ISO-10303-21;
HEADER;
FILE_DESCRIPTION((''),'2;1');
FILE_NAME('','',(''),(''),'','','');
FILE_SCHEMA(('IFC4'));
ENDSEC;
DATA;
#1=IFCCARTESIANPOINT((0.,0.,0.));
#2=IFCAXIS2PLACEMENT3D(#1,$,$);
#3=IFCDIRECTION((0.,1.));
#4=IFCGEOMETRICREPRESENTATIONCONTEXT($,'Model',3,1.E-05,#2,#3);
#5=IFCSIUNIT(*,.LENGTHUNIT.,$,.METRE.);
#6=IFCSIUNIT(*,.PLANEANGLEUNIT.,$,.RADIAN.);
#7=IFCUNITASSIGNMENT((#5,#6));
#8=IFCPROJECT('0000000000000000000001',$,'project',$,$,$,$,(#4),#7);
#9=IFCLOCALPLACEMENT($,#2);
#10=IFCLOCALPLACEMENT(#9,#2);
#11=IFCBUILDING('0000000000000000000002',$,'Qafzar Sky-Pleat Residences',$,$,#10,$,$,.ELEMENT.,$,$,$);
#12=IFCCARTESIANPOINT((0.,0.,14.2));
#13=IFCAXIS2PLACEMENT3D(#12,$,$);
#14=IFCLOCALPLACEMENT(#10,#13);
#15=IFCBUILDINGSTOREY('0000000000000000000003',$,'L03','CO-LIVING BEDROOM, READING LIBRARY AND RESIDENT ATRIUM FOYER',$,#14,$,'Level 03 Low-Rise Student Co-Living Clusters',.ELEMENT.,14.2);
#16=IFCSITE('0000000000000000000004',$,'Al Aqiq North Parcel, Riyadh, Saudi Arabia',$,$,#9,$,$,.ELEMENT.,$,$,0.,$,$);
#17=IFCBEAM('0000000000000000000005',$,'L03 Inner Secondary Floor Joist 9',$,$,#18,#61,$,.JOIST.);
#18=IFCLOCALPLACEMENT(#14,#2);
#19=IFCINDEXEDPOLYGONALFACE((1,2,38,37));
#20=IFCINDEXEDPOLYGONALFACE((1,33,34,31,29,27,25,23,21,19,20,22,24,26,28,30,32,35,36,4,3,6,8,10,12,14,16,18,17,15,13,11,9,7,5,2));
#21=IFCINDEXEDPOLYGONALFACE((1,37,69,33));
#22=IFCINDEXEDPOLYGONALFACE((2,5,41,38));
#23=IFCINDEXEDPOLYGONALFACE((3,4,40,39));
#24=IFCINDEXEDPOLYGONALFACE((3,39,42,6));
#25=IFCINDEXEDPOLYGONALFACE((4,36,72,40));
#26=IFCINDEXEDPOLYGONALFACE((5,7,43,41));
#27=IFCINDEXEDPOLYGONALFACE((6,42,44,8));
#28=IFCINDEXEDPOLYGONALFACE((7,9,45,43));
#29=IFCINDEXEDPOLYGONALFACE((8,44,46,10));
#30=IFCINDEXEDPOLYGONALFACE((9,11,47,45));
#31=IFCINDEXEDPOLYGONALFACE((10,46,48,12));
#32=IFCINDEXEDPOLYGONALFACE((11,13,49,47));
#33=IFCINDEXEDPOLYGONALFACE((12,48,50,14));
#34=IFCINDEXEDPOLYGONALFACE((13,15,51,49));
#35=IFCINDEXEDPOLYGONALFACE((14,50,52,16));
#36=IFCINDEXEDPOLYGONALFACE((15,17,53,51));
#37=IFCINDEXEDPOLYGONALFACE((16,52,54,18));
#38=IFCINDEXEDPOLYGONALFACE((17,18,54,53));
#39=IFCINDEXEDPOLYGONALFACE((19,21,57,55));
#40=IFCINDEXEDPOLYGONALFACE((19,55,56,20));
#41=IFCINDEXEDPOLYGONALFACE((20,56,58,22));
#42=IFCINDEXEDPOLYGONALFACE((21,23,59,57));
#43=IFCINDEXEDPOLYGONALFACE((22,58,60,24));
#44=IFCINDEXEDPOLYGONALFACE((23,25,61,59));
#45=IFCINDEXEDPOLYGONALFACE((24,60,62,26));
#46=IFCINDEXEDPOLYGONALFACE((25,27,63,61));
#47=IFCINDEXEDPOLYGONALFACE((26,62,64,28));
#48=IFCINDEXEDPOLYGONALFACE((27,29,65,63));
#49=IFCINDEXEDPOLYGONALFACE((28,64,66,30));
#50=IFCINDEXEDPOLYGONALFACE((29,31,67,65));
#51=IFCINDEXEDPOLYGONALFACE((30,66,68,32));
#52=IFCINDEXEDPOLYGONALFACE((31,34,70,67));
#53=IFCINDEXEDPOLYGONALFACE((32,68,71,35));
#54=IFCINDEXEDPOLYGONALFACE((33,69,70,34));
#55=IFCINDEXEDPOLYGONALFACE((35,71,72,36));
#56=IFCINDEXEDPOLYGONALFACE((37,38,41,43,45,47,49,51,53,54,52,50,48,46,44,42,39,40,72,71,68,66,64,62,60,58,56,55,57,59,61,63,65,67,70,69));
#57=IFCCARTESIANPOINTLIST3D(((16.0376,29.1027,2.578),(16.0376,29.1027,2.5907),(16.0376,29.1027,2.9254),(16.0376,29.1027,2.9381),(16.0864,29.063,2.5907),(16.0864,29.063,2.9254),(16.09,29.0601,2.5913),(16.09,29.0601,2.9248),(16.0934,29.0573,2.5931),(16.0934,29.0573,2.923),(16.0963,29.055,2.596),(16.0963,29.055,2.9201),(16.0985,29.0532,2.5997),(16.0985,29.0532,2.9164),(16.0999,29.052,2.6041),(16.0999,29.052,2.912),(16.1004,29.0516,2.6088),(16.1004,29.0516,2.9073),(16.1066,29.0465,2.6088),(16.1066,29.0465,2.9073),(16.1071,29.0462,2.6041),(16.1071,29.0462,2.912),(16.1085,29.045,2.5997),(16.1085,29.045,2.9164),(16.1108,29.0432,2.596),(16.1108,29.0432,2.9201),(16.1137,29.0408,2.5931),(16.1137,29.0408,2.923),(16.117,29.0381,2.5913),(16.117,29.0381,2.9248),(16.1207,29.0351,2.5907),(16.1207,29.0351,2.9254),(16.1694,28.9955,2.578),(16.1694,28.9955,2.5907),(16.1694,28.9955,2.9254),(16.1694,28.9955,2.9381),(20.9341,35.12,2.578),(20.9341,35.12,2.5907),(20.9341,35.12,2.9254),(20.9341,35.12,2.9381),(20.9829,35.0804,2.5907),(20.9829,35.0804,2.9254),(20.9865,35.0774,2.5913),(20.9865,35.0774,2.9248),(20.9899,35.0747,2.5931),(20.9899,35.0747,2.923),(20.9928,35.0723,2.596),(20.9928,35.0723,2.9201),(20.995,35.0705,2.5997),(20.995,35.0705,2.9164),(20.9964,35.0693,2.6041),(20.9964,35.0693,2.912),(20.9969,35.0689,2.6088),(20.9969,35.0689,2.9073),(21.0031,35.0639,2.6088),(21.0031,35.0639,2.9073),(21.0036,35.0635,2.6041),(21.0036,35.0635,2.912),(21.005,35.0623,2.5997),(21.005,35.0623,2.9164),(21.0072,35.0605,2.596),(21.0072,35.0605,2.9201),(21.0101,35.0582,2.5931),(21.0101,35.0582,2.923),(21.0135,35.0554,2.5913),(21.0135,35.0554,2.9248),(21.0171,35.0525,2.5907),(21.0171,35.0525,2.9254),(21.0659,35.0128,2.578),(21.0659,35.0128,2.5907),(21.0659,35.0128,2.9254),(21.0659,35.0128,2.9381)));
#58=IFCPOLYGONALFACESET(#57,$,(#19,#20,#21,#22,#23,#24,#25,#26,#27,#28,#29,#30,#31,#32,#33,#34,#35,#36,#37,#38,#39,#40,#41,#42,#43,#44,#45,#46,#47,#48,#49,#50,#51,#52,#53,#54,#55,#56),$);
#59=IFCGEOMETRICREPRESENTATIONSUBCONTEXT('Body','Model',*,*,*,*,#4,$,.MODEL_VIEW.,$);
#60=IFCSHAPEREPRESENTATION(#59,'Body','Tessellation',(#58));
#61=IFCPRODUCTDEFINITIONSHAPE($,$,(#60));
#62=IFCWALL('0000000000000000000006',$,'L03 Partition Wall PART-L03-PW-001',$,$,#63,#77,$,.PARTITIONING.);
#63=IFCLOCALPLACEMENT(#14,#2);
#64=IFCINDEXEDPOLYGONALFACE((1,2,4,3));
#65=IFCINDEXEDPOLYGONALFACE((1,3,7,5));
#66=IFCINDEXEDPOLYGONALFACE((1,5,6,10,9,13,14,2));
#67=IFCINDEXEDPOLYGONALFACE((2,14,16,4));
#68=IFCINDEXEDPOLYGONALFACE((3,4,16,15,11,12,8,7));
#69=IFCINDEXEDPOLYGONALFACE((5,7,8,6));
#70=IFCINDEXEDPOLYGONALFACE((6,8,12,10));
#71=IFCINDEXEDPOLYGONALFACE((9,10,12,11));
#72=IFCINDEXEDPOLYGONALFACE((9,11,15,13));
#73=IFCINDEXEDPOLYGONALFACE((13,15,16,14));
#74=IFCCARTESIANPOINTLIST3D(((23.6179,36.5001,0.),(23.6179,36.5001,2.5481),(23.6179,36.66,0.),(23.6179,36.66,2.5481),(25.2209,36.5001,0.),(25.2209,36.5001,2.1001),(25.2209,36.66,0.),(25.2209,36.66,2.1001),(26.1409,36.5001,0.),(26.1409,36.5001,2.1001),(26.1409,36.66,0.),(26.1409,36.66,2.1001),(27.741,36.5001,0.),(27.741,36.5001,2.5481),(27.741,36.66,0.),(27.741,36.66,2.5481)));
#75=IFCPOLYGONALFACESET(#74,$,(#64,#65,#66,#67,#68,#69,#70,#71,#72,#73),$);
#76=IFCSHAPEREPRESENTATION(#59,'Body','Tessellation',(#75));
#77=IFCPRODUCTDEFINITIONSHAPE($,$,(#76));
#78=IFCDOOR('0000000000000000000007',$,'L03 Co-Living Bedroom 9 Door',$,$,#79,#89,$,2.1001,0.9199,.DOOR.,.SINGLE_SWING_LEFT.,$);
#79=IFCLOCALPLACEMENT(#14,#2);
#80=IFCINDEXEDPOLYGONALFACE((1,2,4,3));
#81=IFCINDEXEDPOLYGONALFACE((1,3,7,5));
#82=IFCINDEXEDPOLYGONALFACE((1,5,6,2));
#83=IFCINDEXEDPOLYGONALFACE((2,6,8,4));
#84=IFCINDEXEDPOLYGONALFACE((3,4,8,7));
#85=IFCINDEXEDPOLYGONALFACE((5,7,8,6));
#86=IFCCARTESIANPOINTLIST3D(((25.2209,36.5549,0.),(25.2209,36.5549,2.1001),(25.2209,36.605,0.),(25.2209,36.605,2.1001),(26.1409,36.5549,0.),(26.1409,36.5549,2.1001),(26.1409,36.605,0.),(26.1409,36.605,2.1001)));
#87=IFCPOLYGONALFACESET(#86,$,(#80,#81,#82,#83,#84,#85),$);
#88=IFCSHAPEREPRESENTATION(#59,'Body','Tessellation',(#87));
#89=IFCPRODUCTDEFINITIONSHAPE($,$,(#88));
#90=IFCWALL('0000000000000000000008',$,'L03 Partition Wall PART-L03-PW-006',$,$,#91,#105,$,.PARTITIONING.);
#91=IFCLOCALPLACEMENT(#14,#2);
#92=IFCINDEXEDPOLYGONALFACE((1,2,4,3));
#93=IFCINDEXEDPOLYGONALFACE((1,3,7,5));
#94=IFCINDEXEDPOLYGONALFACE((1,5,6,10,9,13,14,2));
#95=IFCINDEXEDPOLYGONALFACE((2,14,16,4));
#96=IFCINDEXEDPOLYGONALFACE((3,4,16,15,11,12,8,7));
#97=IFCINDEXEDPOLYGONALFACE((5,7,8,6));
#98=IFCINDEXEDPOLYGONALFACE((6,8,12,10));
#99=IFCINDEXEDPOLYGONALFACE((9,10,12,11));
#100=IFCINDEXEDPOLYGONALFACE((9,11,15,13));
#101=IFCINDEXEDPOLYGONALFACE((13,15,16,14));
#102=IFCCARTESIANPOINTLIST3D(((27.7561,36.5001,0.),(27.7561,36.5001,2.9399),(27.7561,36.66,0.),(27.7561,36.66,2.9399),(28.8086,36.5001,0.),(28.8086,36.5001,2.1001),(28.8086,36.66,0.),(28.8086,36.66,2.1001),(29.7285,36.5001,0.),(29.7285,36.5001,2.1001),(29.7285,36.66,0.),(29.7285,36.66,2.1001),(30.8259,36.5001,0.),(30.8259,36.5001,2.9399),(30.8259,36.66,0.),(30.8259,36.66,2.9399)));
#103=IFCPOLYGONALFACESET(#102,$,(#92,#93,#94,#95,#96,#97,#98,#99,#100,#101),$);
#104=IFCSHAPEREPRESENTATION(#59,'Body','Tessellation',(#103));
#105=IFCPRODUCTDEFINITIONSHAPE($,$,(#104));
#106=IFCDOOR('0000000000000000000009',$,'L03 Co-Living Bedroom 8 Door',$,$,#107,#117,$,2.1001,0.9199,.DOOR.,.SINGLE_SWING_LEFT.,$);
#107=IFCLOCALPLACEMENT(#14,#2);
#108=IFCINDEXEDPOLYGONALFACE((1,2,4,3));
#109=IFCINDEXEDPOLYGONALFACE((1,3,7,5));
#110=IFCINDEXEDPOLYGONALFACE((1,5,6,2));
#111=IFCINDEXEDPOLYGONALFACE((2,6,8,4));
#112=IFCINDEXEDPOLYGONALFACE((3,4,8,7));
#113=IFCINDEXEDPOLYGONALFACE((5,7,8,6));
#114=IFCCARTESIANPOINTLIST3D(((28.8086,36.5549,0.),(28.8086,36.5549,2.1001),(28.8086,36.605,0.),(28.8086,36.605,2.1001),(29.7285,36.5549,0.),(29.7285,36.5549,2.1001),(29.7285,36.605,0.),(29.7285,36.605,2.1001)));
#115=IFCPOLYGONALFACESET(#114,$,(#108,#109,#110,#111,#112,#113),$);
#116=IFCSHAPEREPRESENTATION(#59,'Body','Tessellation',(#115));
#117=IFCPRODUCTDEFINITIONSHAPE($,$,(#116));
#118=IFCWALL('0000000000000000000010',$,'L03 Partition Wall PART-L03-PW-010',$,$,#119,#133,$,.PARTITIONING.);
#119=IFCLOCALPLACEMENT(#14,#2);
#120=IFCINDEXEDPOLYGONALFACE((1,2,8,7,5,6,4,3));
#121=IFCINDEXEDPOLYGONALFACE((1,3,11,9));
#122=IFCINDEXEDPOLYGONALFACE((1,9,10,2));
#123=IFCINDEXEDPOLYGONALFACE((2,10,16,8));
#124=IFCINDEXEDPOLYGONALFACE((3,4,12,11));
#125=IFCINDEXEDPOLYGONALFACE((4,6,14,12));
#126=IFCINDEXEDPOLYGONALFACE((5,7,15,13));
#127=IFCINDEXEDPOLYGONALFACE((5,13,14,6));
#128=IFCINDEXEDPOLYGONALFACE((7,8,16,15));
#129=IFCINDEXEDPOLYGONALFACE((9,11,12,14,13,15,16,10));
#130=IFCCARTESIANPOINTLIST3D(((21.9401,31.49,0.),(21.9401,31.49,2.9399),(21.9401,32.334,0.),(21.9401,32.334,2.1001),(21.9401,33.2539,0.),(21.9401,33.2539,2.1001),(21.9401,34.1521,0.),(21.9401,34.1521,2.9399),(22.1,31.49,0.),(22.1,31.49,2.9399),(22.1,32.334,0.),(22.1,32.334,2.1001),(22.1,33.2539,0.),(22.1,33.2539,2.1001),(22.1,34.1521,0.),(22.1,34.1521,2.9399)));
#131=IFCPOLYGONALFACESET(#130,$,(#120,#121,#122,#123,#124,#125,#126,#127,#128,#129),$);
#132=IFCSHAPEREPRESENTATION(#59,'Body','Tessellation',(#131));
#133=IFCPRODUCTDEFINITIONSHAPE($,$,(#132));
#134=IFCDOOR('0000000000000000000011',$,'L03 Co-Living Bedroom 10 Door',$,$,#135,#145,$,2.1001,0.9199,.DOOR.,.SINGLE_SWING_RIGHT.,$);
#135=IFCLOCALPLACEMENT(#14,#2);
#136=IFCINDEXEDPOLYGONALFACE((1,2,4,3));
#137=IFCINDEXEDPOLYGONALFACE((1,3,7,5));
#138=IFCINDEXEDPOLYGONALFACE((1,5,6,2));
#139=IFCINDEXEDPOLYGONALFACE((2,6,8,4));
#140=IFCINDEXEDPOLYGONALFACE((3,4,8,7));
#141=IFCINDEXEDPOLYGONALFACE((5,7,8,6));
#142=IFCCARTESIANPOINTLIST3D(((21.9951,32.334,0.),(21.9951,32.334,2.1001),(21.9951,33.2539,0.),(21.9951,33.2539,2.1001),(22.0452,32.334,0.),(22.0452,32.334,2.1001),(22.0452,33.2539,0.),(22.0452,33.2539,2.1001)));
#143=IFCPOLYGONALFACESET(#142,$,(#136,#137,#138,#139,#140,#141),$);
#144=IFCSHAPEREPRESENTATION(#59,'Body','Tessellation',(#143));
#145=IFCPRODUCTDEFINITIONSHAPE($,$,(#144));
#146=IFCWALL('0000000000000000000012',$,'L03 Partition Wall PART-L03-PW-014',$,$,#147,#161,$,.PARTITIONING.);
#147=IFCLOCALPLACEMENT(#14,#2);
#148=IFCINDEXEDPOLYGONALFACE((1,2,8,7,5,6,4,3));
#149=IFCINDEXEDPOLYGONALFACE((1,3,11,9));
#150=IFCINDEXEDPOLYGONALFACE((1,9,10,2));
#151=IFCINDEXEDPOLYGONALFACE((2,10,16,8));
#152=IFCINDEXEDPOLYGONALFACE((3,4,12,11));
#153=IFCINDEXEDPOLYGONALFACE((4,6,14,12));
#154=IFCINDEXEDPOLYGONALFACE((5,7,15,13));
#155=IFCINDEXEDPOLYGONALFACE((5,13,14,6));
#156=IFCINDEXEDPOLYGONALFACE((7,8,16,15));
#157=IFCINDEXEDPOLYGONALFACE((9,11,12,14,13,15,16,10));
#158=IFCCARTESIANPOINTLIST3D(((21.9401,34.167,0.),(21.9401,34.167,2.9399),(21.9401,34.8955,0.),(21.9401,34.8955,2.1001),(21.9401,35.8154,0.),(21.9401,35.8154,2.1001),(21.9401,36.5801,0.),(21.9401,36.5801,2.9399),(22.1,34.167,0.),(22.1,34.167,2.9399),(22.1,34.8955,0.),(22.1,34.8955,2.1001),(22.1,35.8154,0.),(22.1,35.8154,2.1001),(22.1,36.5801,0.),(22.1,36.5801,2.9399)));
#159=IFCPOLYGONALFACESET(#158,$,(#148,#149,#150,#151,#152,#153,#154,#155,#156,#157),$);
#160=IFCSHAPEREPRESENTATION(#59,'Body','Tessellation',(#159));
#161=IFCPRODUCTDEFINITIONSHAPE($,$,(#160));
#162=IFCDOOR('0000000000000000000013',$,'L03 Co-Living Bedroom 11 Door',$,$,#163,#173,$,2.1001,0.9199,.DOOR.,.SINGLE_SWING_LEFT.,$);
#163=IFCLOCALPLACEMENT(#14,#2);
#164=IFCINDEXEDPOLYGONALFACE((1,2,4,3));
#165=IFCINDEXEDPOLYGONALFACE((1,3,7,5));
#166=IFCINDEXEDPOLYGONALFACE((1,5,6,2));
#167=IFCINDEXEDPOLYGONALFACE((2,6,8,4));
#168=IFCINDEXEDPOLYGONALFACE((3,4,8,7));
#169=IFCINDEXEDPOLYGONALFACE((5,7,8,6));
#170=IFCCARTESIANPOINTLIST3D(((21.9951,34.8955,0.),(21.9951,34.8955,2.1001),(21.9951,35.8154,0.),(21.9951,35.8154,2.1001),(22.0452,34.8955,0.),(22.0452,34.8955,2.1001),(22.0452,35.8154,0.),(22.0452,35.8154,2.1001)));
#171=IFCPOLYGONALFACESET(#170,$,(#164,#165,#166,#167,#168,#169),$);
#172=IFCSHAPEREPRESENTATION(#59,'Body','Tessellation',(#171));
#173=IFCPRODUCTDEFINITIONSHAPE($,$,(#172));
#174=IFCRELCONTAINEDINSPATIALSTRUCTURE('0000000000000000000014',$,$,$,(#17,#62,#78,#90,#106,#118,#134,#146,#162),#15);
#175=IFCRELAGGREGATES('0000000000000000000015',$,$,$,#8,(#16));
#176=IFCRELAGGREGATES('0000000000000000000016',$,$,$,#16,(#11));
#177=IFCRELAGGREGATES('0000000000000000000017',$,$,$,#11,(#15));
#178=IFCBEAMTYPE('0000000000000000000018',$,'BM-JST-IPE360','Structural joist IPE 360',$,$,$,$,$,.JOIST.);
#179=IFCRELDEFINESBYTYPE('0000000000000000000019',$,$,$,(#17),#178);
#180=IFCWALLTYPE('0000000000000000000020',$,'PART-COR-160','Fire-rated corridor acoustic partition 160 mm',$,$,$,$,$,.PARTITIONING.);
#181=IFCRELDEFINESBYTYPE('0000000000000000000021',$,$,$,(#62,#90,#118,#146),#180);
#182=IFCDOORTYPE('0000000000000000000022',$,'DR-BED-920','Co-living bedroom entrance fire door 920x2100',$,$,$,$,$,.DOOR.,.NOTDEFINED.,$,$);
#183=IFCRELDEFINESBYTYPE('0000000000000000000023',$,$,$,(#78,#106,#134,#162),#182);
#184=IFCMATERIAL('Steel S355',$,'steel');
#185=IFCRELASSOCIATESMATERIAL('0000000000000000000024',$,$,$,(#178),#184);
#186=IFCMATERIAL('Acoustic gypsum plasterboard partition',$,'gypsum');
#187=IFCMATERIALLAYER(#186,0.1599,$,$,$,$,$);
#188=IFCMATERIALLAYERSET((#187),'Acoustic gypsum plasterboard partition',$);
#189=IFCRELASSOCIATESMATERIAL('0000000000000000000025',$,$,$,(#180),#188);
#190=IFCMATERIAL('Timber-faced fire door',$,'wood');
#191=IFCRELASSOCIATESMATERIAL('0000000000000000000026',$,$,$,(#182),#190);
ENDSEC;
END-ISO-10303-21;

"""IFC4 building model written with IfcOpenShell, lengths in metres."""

from ifc_helpers import new_model, si_unit, direction, frame, frame_2d, origin, origin_2d, place, context, subcontext, project, spatial, rectangle, i_section, extrude, source, transform, mapped, material, layer, layer_set, material_profile, profile_set, type_object, element, fill, save


model = new_model("IFC4")

# Units and contexts
model_context = context("Model", 3, precision=1e-05, world=origin(), true_north=direction((0.0, 1.0)))
body_context = subcontext(model_context, "Body", "Model", "MODEL_VIEW")
ifc_project = project(units=[si_unit("LENGTHUNIT", "METRE"), si_unit("PLANEANGLEUNIT", "RADIAN")], contexts=[model_context])

# Site, building, storey
site_placement = place(None, origin())
site = spatial("IfcSite", under=ifc_project, at=site_placement, Name="Al Aqiq North Parcel, Riyadh, Saudi Arabia", CompositionType="ELEMENT", RefElevation=0.0)
building_placement = place(site_placement, origin())
building = spatial("IfcBuilding", under=site, at=building_placement, Name="Qafzar Sky-Pleat Residences", CompositionType="ELEMENT")
storey_placement = place(building_placement, frame((0.0, 0.0, 14.2)))
storey = spatial("IfcBuildingStorey", under=building, at=storey_placement, Name="L03", Description="CO-LIVING BEDROOM, READING LIBRARY AND RESIDENT ATRIUM FOYER", LongName="Level 03 Low-Rise Student Co-Living Clusters", CompositionType="ELEMENT", Elevation=14.2)

# Beam
ifc_material_1 = material(Name="Steel S355", Category="steel")
ifc_material_profile = material_profile(ifc_material_1, i_section(OverallWidth=0.1699, OverallDepth=0.3601, WebThickness=0.0081, FlangeThickness=0.0127, FilletRadius=0.0181, at=origin_2d()), Name="IPE 360")
ifc_profile_set = profile_set([ifc_material_profile], Name="Steel S355")
beam_type = type_object("IfcBeamType", Name="BM-JST-IPE360", Description="Structural joist IPE 360", PredefinedType="JOIST", material=ifc_profile_set)
shared_shape_1 = source(origin(), body_context, "Body", "SweptSolid", [
    extrude(i_section(OverallWidth=0.1699, OverallDepth=0.3601, WebThickness=0.0081, FlangeThickness=0.0127, FilletRadius=0.0181, at=origin_2d()), origin(), (0.0, 0.0, 1.0), 7.7578),
])
beam_placement = place(storey_placement, frame((21.0, 35.0664, 2.7581), z_axis=(-0.631167, -0.775647, 0.0), x_axis=(0.775647, -0.631167, 0.0)))
element("IfcBeam", 1, at=beam_placement, inside=storey, type_object=beam_type, Name="L03 Inner Secondary Floor Joist 9", PredefinedType="JOIST", context=body_context, shape_type="MappedRepresentation", body=[
    mapped(shared_shape_1, transform((0.0, 0.0, 0.0), x_axis=(1.0, 0.0, 0.0), y_axis=(0.0, 1.0, 0.0), z_axis=(0.0, 0.0, 1.0), scale=1.0)),
])

# Walls, openings, doors
ifc_material_2 = material(Name="Acoustic gypsum plasterboard partition", Category="gypsum")
ifc_layer_1 = layer(ifc_material_2, 0.1599)
ifc_layer_set_1 = layer_set([ifc_layer_1], Name="Acoustic gypsum plasterboard partition")
wall_type_1 = type_object("IfcWallType", Name="PART-COR-160", Description="Fire-rated corridor acoustic partition 160 mm", PredefinedType="PARTITIONING", material=ifc_layer_set_1)
wall_1_placement = place(storey_placement, frame((23.6179, 36.5801, 0.0), z_axis=(0.0, 0.0, 1.0), x_axis=(1.0, 0.0, 0.0)))
wall_1 = element("IfcWall", 2, at=wall_1_placement, inside=storey, type_object=wall_type_1, Name="L03 Partition Wall PART-L03-PW-001", PredefinedType="PARTITIONING", context=body_context, shape_type="SweptSolid", body=[
    extrude(rectangle(XDim=4.123, YDim=0.1599, at=frame_2d((2.0615, 0.0))), origin(), (0.0, 0.0, 1.0), 2.5481),
])
opening_1_placement = place(wall_1_placement, frame((1.603, 0.0, 0.0)))
opening_1 = element("IfcOpeningElement", 3, at=opening_1_placement, cuts=wall_1, PredefinedType="OPENING", context=body_context, shape_type="SweptSolid", body=[
    extrude(rectangle(XDim=0.9199, YDim=2.1001, at=frame_2d((0.46, 1.05))), frame((0.0, 0.0898, 0.0), z_axis=(0.0, -1.0, 0.0), x_axis=(1.0, 0.0, 0.0)), (0.0, 0.0, 1.0), 0.1799),
])
ifc_material_3 = material(Name="Timber-faced fire door", Category="wood")
door_type_1 = type_object("IfcDoorType", Name="DR-BED-920", Description="Co-living bedroom entrance fire door 920x2100", OperationType="NOTDEFINED", PredefinedType="DOOR", material=ifc_material_3)
shared_shape_2 = source(origin(), body_context, "Body", "SweptSolid", [
    extrude(rectangle(XDim=0.9199, YDim=2.1001, at=frame_2d((0.46, 1.05))), frame((0.0, 0.0249, 0.0), z_axis=(0.0, -1.0, 0.0), x_axis=(1.0, 0.0, 0.0)), (0.0, 0.0, 1.0), 0.05),
])
door_1_placement = place(opening_1_placement, origin())
door_1 = element("IfcDoor", 4, at=door_1_placement, inside=storey, type_object=door_type_1, Name="L03 Co-Living Bedroom 9 Door", OperationType="SINGLE_SWING_LEFT", OverallHeight=2.1001, OverallWidth=0.9199, PredefinedType="DOOR", context=body_context, shape_type="MappedRepresentation", body=[
    mapped(shared_shape_2, transform((0.0, 0.0, 0.0), x_axis=(1.0, 0.0, 0.0), y_axis=(0.0, 1.0, 0.0), z_axis=(0.0, 0.0, 1.0), scale=1.0)),
])
fill(opening_1, door_1)
wall_2_placement = place(storey_placement, frame((27.7561, 36.5801, 0.0), z_axis=(0.0, 0.0, 1.0), x_axis=(1.0, 0.0, 0.0)))
wall_2 = element("IfcWall", 5, at=wall_2_placement, inside=storey, type_object=wall_type_1, Name="L03 Partition Wall PART-L03-PW-006", PredefinedType="PARTITIONING", context=body_context, shape_type="SweptSolid", body=[
    extrude(rectangle(XDim=3.0698, YDim=0.1599, at=frame_2d((1.5349, 0.0))), origin(), (0.0, 0.0, 1.0), 2.9399),
])
opening_2_placement = place(wall_2_placement, frame((1.0525, 0.0, 0.0)))
opening_2 = element("IfcOpeningElement", 6, at=opening_2_placement, cuts=wall_2, PredefinedType="OPENING", context=body_context, shape_type="SweptSolid", body=[
    extrude(rectangle(XDim=0.9199, YDim=2.1001, at=frame_2d((0.46, 1.05))), frame((0.0, 0.0898, 0.0), z_axis=(0.0, -1.0, 0.0), x_axis=(1.0, 0.0, 0.0)), (0.0, 0.0, 1.0), 0.1799),
])
door_2_placement = place(opening_2_placement, origin())
door_2 = element("IfcDoor", 7, at=door_2_placement, inside=storey, type_object=door_type_1, Name="L03 Co-Living Bedroom 8 Door", OperationType="SINGLE_SWING_LEFT", OverallHeight=2.1001, OverallWidth=0.9199, PredefinedType="DOOR", context=body_context, shape_type="MappedRepresentation", body=[
    mapped(shared_shape_2, transform((0.0, 0.0, 0.0), x_axis=(1.0, 0.0, 0.0), y_axis=(0.0, 1.0, 0.0), z_axis=(0.0, 0.0, 1.0), scale=1.0)),
])
fill(opening_2, door_2)
wall_3_placement = place(storey_placement, frame((22.02, 31.49, 0.0), z_axis=(0.0, 0.0, 1.0), x_axis=(0.0, 1.0, 0.0)))
wall_3 = element("IfcWall", 8, at=wall_3_placement, inside=storey, type_object=wall_type_1, Name="L03 Partition Wall PART-L03-PW-010", PredefinedType="PARTITIONING", context=body_context, shape_type="SweptSolid", body=[
    extrude(rectangle(XDim=2.6621, YDim=0.1599, at=frame_2d((1.3311, 0.0))), origin(), (0.0, 0.0, 1.0), 2.9399),
])
opening_3_placement = place(wall_3_placement, frame((0.844, 0.0, 0.0)))
opening_3 = element("IfcOpeningElement", 9, at=opening_3_placement, cuts=wall_3, PredefinedType="OPENING", context=body_context, shape_type="SweptSolid", body=[
    extrude(rectangle(XDim=0.9199, YDim=2.1001, at=frame_2d((0.46, 1.05))), frame((0.0, 0.0898, 0.0), z_axis=(0.0, -1.0, 0.0), x_axis=(1.0, 0.0, 0.0)), (0.0, 0.0, 1.0), 0.1799),
])
door_3_placement = place(opening_3_placement, origin())
door_3 = element("IfcDoor", 10, at=door_3_placement, inside=storey, type_object=door_type_1, Name="L03 Co-Living Bedroom 10 Door", OperationType="SINGLE_SWING_RIGHT", OverallHeight=2.1001, OverallWidth=0.9199, PredefinedType="DOOR", context=body_context, shape_type="MappedRepresentation", body=[
    mapped(shared_shape_2, transform((0.0, 0.0, 0.0), x_axis=(1.0, 0.0, 0.0), y_axis=(0.0, 1.0, 0.0), z_axis=(0.0, 0.0, 1.0), scale=1.0)),
])
fill(opening_3, door_3)
wall_4_placement = place(storey_placement, frame((22.02, 34.167, 0.0), z_axis=(0.0, 0.0, 1.0), x_axis=(0.0, 1.0, 0.0)))
wall_4 = element("IfcWall", 11, at=wall_4_placement, inside=storey, type_object=wall_type_1, Name="L03 Partition Wall PART-L03-PW-014", PredefinedType="PARTITIONING", context=body_context, shape_type="SweptSolid", body=[
    extrude(rectangle(XDim=2.4131, YDim=0.1599, at=frame_2d((1.2065, 0.0))), origin(), (0.0, 0.0, 1.0), 2.9399),
])
opening_4_placement = place(wall_4_placement, frame((0.7285, 0.0, 0.0)))
opening_4 = element("IfcOpeningElement", 12, at=opening_4_placement, cuts=wall_4, PredefinedType="OPENING", context=body_context, shape_type="SweptSolid", body=[
    extrude(rectangle(XDim=0.9199, YDim=2.1001, at=frame_2d((0.46, 1.05))), frame((0.0, 0.0898, 0.0), z_axis=(0.0, -1.0, 0.0), x_axis=(1.0, 0.0, 0.0)), (0.0, 0.0, 1.0), 0.1799),
])
door_4_placement = place(opening_4_placement, origin())
door_4 = element("IfcDoor", 13, at=door_4_placement, inside=storey, type_object=door_type_1, Name="L03 Co-Living Bedroom 11 Door", OperationType="SINGLE_SWING_LEFT", OverallHeight=2.1001, OverallWidth=0.9199, PredefinedType="DOOR", context=body_context, shape_type="MappedRepresentation", body=[
    mapped(shared_shape_2, transform((0.0, 0.0, 0.0), x_axis=(1.0, 0.0, 0.0), y_axis=(0.0, 1.0, 0.0), z_axis=(0.0, 0.0, 1.0), scale=1.0)),
])
fill(opening_4, door_4)

save(model, "model.ifc")
